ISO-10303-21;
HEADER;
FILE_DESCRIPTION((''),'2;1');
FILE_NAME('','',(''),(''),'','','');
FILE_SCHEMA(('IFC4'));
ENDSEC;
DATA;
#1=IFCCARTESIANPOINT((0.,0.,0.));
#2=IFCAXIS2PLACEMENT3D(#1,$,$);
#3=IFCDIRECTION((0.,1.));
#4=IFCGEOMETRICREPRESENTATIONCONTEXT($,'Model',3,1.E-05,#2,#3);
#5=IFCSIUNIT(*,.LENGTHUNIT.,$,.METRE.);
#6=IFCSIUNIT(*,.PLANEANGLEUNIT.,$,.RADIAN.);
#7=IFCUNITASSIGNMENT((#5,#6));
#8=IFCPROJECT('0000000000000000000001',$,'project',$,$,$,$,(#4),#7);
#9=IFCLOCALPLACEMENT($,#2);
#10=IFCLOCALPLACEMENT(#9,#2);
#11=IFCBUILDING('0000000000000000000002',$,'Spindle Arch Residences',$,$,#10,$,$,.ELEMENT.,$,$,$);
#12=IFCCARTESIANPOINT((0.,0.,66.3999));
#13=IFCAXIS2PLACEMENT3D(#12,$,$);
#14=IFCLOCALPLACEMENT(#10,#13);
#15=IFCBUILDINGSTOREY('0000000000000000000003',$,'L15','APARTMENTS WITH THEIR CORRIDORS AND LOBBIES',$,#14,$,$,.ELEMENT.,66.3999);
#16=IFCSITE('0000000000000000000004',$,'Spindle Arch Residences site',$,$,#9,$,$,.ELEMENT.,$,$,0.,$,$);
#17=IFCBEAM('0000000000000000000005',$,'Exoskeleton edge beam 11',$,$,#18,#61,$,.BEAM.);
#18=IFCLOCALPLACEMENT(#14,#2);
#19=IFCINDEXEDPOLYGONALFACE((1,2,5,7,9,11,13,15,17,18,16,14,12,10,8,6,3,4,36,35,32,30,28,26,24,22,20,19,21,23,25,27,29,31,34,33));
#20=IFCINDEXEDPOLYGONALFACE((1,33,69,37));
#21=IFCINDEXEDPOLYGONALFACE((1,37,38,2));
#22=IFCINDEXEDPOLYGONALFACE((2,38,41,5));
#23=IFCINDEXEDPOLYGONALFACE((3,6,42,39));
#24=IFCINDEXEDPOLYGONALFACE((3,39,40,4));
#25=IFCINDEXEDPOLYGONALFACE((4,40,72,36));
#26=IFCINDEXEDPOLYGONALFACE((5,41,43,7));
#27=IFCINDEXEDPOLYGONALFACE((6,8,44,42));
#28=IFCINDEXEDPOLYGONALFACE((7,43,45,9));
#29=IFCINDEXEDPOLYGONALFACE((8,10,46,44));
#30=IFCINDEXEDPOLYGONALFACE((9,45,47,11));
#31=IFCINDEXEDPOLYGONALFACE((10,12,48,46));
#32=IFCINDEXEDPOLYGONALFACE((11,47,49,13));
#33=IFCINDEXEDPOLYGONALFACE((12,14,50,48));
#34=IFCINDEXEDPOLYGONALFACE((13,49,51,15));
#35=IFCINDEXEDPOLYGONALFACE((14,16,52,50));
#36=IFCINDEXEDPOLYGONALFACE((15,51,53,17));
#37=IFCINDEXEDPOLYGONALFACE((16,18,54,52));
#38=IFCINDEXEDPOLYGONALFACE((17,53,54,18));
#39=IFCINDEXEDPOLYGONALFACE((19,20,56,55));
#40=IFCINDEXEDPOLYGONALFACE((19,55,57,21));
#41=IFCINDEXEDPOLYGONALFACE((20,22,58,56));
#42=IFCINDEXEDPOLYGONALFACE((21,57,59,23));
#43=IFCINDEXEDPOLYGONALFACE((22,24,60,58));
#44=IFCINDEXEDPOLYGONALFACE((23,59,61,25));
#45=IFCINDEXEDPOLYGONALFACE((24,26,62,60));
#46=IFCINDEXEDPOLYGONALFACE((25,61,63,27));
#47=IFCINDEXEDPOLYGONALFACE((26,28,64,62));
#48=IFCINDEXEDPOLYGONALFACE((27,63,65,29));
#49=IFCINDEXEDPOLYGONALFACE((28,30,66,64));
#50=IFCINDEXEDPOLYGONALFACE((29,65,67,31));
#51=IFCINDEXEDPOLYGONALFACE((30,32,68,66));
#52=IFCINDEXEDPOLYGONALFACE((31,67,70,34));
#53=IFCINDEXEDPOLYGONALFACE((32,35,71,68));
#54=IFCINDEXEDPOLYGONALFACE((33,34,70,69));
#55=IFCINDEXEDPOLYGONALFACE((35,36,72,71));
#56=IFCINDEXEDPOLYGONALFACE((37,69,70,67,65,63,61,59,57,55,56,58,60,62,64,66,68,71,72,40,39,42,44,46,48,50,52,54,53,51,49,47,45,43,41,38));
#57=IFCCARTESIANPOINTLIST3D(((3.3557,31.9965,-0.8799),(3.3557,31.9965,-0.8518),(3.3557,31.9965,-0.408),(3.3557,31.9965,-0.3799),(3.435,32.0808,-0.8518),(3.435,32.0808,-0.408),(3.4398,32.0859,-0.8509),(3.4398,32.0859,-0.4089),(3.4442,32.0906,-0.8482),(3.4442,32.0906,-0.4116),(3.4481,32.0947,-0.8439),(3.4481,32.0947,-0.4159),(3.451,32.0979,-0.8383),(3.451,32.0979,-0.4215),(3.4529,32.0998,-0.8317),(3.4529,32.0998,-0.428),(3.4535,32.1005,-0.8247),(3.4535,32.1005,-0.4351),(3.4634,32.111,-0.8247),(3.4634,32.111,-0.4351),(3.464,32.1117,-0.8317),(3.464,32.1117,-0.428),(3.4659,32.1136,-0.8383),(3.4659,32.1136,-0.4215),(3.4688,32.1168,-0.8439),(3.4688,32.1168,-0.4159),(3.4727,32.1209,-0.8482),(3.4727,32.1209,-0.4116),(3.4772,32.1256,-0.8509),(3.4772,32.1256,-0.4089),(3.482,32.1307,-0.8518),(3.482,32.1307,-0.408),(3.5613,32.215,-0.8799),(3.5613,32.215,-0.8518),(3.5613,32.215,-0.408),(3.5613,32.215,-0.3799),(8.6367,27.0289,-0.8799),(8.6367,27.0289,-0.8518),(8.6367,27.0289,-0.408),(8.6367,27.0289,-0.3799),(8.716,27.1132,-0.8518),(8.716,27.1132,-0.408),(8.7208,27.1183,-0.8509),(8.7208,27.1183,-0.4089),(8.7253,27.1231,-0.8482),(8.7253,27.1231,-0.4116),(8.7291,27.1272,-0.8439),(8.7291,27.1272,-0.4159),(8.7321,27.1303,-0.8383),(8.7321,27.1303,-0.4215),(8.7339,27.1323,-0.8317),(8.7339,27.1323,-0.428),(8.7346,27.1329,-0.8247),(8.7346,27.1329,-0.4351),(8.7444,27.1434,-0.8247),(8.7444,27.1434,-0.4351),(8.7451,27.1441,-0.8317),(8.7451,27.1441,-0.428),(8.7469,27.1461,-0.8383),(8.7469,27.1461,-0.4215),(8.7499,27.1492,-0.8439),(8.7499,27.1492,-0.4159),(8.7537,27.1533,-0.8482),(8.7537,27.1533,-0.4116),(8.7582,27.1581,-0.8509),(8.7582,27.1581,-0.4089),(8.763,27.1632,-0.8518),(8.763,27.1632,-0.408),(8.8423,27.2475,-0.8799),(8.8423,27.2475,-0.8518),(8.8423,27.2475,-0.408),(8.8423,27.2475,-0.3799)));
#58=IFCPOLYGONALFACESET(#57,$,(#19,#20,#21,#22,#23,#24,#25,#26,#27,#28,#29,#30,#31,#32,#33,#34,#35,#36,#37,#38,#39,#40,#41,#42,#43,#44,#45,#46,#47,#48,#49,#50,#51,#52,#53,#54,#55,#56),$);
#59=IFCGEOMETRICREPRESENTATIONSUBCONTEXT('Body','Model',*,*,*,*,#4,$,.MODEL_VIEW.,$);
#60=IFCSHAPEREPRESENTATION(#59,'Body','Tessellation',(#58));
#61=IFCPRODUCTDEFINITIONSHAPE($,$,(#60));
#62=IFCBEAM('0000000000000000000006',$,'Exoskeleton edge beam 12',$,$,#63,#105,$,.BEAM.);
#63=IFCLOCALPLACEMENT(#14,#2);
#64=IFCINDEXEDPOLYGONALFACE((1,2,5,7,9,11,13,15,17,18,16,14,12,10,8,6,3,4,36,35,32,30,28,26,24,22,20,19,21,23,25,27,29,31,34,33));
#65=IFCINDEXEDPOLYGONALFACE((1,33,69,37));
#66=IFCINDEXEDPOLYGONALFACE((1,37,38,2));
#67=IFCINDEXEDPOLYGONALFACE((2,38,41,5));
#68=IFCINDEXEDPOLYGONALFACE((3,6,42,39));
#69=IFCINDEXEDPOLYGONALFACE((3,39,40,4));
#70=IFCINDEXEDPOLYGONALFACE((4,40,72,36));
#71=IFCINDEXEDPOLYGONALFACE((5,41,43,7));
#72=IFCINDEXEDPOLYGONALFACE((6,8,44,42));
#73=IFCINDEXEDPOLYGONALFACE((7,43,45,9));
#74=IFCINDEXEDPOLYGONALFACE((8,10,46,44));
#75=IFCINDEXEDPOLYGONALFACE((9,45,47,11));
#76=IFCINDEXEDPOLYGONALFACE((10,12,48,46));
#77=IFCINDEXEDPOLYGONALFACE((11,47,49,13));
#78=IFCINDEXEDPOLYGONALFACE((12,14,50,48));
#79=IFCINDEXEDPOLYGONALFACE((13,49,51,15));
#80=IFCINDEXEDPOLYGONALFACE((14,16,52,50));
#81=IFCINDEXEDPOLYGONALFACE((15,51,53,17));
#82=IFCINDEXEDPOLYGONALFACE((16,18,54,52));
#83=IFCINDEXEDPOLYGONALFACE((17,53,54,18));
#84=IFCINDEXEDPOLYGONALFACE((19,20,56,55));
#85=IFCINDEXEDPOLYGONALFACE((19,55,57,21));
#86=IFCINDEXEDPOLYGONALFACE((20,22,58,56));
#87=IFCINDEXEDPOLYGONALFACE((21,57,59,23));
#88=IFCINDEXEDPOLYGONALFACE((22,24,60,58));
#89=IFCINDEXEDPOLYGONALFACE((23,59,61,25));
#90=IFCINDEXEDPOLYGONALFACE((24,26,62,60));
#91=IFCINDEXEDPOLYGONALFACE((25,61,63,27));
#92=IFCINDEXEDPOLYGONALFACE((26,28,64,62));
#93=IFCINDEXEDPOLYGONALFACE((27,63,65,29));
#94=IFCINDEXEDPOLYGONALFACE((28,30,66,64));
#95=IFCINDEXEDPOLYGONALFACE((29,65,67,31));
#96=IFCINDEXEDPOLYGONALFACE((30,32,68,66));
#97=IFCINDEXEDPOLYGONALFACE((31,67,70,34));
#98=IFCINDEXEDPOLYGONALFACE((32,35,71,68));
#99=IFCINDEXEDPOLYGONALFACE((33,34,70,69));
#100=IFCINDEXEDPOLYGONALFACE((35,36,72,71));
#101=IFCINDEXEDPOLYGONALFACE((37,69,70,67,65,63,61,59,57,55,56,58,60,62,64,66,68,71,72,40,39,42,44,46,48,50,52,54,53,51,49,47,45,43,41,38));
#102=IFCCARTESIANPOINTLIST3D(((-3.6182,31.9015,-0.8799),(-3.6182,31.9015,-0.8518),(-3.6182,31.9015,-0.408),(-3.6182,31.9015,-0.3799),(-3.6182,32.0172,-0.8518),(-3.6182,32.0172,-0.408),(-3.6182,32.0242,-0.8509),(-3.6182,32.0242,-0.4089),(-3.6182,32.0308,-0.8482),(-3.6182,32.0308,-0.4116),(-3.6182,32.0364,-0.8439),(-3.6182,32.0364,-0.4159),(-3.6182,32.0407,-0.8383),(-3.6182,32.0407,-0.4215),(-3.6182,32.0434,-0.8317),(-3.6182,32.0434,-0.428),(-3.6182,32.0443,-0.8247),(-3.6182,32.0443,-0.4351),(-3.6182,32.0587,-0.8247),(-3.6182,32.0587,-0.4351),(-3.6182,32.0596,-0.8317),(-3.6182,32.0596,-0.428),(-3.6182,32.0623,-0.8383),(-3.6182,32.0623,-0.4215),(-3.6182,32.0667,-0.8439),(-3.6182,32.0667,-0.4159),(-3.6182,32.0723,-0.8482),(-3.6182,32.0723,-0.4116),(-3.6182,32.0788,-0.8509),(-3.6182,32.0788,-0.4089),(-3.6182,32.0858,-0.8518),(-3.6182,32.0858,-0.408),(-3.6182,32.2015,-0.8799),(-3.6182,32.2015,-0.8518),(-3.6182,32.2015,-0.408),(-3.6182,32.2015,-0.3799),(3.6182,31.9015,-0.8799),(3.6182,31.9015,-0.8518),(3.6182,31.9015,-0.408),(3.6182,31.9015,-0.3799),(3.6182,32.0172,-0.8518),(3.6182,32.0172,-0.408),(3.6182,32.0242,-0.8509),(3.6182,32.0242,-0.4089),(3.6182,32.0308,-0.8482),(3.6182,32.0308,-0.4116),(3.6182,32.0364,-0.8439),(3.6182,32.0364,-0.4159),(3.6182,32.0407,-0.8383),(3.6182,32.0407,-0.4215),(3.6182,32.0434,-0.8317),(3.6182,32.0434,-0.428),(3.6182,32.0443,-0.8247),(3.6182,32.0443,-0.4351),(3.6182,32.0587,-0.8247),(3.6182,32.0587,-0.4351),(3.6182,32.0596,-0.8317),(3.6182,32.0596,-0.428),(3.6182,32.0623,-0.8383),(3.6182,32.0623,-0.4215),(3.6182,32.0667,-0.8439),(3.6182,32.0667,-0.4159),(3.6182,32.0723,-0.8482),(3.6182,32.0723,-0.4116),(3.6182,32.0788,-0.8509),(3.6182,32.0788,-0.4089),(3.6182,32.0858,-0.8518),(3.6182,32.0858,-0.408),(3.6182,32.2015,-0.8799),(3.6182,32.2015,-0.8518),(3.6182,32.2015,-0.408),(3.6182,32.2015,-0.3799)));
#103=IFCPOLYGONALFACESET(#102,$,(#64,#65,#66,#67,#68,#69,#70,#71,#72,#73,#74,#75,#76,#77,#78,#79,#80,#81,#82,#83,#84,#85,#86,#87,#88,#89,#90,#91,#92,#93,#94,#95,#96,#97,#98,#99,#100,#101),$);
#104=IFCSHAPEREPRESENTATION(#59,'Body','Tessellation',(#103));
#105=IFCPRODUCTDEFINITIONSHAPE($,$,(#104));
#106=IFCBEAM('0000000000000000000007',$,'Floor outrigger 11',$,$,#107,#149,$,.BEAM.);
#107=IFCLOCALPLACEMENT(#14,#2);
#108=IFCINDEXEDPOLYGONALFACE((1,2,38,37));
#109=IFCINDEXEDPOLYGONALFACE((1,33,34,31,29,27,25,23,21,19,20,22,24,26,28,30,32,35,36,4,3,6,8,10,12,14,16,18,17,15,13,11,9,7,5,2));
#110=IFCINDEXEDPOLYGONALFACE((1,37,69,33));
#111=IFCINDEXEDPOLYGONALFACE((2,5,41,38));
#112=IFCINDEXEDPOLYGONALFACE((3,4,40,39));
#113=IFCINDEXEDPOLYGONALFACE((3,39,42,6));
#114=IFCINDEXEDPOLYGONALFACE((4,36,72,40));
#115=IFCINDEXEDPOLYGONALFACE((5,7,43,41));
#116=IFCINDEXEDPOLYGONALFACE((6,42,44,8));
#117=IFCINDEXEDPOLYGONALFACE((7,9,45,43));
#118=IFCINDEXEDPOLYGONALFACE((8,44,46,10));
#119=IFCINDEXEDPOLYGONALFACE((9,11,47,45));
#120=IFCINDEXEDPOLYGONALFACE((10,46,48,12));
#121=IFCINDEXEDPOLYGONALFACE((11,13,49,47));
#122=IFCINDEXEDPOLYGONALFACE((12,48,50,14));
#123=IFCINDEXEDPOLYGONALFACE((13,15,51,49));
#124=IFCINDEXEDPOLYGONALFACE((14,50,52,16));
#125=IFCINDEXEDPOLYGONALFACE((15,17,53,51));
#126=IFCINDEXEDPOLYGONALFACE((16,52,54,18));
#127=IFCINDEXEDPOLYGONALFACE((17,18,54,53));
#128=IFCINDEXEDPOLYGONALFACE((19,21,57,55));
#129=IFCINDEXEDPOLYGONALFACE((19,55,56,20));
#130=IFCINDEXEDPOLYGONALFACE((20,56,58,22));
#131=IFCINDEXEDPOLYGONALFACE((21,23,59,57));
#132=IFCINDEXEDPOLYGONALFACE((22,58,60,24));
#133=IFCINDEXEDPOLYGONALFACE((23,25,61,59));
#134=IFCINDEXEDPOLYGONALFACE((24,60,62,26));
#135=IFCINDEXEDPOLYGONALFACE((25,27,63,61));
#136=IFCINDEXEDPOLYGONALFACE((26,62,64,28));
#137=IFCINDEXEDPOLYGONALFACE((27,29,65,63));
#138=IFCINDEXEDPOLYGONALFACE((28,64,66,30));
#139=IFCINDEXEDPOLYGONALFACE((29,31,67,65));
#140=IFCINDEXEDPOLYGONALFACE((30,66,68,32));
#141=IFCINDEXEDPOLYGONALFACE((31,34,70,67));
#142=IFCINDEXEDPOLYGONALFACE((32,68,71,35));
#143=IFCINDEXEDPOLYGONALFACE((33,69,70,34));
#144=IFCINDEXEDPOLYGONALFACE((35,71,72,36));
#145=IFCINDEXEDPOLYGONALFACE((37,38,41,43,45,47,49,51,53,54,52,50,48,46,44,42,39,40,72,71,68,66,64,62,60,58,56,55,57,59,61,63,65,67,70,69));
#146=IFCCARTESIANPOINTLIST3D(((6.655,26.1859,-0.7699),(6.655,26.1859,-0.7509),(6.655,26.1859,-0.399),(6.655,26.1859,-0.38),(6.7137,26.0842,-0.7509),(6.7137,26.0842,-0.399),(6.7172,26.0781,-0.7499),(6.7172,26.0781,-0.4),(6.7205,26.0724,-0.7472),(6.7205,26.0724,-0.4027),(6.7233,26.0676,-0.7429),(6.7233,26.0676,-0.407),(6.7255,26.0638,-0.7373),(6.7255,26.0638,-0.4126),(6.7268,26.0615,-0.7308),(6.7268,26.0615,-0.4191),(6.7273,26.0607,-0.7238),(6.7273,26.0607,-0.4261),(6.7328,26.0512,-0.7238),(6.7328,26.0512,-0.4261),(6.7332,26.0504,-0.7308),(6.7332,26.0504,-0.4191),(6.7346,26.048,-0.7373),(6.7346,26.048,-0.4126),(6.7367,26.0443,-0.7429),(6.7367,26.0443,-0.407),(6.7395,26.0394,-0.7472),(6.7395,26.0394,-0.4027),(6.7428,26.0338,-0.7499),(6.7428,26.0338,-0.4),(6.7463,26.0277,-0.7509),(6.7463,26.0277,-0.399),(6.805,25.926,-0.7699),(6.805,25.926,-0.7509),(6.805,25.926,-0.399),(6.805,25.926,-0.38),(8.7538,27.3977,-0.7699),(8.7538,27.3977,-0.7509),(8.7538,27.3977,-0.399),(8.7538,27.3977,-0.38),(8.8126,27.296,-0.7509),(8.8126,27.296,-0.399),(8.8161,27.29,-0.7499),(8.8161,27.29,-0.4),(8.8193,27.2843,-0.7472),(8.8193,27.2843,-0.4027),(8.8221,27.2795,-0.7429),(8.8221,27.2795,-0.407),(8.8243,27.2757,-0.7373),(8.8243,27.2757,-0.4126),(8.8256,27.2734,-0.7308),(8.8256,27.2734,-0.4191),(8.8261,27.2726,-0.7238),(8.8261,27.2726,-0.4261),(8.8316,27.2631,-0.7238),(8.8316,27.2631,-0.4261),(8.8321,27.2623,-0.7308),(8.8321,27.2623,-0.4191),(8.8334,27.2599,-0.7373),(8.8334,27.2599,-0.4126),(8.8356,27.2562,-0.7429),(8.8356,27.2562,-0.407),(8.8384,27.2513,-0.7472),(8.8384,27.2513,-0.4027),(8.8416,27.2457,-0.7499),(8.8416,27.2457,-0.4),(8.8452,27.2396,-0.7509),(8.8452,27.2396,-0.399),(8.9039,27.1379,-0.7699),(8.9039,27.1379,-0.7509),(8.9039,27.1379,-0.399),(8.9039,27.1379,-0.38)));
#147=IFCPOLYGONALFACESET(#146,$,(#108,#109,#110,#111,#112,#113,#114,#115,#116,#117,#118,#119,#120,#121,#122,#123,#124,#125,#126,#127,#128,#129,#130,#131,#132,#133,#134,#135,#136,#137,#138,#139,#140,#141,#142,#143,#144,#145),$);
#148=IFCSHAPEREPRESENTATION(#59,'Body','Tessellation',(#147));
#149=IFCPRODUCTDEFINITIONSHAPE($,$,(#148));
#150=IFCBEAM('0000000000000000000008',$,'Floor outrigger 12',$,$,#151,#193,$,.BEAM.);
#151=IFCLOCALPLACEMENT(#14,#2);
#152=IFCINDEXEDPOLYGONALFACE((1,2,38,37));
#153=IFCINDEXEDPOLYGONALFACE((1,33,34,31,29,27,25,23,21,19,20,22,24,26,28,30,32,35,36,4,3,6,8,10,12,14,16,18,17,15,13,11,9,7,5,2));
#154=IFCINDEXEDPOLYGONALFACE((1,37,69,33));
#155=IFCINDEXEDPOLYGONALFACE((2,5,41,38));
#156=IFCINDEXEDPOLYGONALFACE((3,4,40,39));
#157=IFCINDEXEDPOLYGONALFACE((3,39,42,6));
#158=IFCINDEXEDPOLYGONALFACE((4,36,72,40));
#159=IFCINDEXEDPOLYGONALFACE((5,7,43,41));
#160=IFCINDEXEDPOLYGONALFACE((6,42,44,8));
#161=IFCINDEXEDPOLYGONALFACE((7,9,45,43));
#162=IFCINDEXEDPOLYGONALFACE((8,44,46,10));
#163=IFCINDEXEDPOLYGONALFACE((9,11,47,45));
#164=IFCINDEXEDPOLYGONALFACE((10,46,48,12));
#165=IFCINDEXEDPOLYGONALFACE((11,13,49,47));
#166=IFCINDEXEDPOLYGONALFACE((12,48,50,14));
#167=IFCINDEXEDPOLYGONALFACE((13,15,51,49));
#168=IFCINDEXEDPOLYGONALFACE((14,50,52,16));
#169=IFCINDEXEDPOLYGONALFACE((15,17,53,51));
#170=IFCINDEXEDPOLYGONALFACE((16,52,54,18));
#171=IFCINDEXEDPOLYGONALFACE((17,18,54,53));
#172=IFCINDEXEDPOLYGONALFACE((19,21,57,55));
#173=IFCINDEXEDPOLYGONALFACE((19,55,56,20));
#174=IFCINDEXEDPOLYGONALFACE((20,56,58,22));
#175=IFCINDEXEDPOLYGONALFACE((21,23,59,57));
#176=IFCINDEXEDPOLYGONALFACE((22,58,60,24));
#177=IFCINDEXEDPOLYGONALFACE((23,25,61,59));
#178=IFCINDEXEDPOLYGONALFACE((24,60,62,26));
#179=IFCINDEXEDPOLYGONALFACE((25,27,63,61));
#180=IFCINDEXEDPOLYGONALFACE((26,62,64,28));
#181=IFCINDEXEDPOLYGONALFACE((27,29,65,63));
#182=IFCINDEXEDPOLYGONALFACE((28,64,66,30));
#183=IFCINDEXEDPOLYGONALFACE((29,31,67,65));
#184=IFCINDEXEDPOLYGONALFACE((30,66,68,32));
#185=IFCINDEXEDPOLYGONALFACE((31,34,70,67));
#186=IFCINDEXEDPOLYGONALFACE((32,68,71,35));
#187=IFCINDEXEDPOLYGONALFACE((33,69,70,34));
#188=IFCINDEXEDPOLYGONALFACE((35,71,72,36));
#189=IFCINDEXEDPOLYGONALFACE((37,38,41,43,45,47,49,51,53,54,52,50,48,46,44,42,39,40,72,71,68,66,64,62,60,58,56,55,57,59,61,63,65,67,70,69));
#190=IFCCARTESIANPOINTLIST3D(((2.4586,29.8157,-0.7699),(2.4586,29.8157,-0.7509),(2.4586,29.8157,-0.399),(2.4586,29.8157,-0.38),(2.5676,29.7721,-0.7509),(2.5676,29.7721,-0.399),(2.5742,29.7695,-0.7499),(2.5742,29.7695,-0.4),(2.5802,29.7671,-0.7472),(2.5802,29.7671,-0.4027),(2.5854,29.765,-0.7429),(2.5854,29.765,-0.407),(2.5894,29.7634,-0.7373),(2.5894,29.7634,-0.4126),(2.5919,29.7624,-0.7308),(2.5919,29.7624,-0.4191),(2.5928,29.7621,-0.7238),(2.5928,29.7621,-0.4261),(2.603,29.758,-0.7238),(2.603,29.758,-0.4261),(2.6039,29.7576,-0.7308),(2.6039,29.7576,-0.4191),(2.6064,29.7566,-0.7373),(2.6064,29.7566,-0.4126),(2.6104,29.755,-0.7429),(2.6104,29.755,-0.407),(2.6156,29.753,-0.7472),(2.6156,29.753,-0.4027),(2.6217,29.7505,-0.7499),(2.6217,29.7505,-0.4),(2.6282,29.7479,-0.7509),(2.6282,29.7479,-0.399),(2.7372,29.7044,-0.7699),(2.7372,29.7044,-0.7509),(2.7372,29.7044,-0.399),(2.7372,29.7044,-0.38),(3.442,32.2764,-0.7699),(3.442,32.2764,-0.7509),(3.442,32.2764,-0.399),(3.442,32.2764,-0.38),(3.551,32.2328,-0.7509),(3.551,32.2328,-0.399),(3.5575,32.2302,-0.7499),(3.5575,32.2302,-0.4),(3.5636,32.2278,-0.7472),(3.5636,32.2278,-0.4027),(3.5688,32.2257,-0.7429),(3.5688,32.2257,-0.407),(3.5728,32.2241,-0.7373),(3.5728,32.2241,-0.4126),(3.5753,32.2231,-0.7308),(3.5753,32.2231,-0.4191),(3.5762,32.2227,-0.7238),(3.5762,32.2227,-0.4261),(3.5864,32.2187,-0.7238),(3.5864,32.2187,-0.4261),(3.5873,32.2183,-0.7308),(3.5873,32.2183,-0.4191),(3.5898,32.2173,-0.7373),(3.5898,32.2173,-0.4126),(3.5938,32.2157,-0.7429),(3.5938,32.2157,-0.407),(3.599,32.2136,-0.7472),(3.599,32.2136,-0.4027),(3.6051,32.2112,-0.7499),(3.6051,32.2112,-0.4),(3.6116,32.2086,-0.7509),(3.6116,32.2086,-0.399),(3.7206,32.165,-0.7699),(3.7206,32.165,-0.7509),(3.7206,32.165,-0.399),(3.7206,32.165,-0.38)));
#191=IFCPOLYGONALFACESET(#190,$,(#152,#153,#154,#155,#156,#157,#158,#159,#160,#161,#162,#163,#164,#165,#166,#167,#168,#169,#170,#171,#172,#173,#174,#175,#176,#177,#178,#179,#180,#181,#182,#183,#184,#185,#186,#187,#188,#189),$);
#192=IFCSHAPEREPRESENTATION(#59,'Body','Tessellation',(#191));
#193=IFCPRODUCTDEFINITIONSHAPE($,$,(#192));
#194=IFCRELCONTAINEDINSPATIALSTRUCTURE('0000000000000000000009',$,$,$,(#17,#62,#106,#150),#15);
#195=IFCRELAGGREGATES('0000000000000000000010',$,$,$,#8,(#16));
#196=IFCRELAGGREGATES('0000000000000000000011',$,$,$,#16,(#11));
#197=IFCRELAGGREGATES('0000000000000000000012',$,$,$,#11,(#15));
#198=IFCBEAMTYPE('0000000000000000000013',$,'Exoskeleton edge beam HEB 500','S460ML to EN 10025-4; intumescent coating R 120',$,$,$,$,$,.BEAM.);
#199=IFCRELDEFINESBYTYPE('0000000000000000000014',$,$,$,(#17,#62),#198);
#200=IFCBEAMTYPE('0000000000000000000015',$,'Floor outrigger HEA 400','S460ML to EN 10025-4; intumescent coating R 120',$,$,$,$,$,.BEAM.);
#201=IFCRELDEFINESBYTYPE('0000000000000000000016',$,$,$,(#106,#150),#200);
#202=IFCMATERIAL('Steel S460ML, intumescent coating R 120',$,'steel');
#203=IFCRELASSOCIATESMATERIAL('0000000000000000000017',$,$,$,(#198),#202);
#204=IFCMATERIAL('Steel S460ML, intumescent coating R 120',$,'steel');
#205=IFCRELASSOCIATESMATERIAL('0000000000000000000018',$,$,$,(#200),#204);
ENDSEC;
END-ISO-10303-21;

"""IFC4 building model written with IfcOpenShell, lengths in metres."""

from ifc_helpers import new_model, si_unit, direction, frame, origin, origin_2d, place, context, subcontext, project, spatial, i_section, extrude, material, material_profile, profile_set, type_object, element, save


model = new_model("IFC4")

# Units and contexts
model_context = context("Model", 3, precision=1e-05, world=origin(), true_north=direction((0.0, 1.0)))
body_context = subcontext(model_context, "Body", "Model", "MODEL_VIEW")
ifc_project = project(units=[si_unit("LENGTHUNIT", "METRE"), si_unit("PLANEANGLEUNIT", "RADIAN")], contexts=[model_context])

# Site, building, storey
site_placement = place(None, origin())
site = spatial("IfcSite", under=ifc_project, at=site_placement, Name="Spindle Arch Residences site", CompositionType="ELEMENT", RefElevation=0.0)
building_placement = place(site_placement, origin())
building = spatial("IfcBuilding", under=site, at=building_placement, Name="Spindle Arch Residences", CompositionType="ELEMENT")
storey_placement = place(building_placement, frame((0.0, 0.0, 66.3999)))
storey = spatial("IfcBuildingStorey", under=building, at=storey_placement, Name="L15", Description="APARTMENTS WITH THEIR CORRIDORS AND LOBBIES", CompositionType="ELEMENT", Elevation=66.3999)

# Beams
ifc_material_1 = material(Name="Steel S460ML, intumescent coating R 120", Category="steel")
ifc_material_profile_1 = material_profile(ifc_material_1, i_section(OverallWidth=0.3, OverallDepth=0.5, WebThickness=0.0144, FlangeThickness=0.0281, FilletRadius=0.0271, at=origin_2d()), Name="HEB 500")
ifc_profile_set_1 = profile_set([ifc_material_profile_1], Name="Steel S460ML, intumescent coating R 120")
beam_type_1 = type_object("IfcBeamType", Name="Exoskeleton edge beam HEB 500", Description="S460ML to EN 10025-4; intumescent coating R 120", PredefinedType="BEAM", material=ifc_profile_set_1)
beam_1_placement = place(storey_placement, frame((8.7395, 27.1382, -0.6299), z_axis=(-0.728395, 0.685158, 0.0), x_axis=(-0.685158, -0.728395, 0.0)))
element("IfcBeam", 1, at=beam_1_placement, inside=storey, type_object=beam_type_1, Name="Exoskeleton edge beam 11", PredefinedType="BEAM", context=body_context, shape_type="SweptSolid", body=[
    extrude(i_section(OverallWidth=0.3, OverallDepth=0.5, WebThickness=0.0144, FlangeThickness=0.0281, FilletRadius=0.0271, at=origin_2d()), origin(), (0.0, 0.0, 1.0), 7.2502),
])
beam_2_placement = place(storey_placement, frame((3.6182, 32.0515, -0.6299), z_axis=(-1.0, 0.0, 0.0), x_axis=(0.0, -1.0, 0.0)))
element("IfcBeam", 2, at=beam_2_placement, inside=storey, type_object=beam_type_1, Name="Exoskeleton edge beam 12", PredefinedType="BEAM", context=body_context, shape_type="SweptSolid", body=[
    extrude(i_section(OverallWidth=0.3, OverallDepth=0.5, WebThickness=0.0144, FlangeThickness=0.0281, FilletRadius=0.0271, at=origin_2d()), origin(), (0.0, 0.0, 1.0), 7.2363),
])
ifc_material_2 = material(Name="Steel S460ML, intumescent coating R 120", Category="steel")
ifc_material_profile_2 = material_profile(ifc_material_2, i_section(OverallWidth=0.3, OverallDepth=0.3899, WebThickness=0.011, FlangeThickness=0.019, FilletRadius=0.0271, at=origin_2d()), Name="HEA 400")
ifc_profile_set_2 = profile_set([ifc_material_profile_2], Name="Steel S460ML, intumescent coating R 120")
beam_type_2 = type_object("IfcBeamType", Name="Floor outrigger HEA 400", Description="S460ML to EN 10025-4; intumescent coating R 120", PredefinedType="BEAM", material=ifc_profile_set_2)
beam_3_placement = place(storey_placement, frame((8.8289, 27.2678, -0.575), z_axis=(-0.866003, -0.500039, 0.0), x_axis=(0.500039, -0.866003, 0.0)))
element("IfcBeam", 3, at=beam_3_placement, inside=storey, type_object=beam_type_2, Name="Floor outrigger 11", PredefinedType="BEAM", context=body_context, shape_type="SweptSolid", body=[
    extrude(i_section(OverallWidth=0.3, OverallDepth=0.3899, WebThickness=0.011, FlangeThickness=0.019, FilletRadius=0.0271, at=origin_2d()), origin(), (0.0, 0.0, 1.0), 2.4236),
])
beam_4_placement = place(storey_placement, frame((3.5813, 32.2207, -0.575), z_axis=(-0.371105, -0.928591, 0.0), x_axis=(0.928591, -0.371105, 0.0)))
element("IfcBeam", 4, at=beam_4_placement, inside=storey, type_object=beam_type_2, Name="Floor outrigger 12", PredefinedType="BEAM", context=body_context, shape_type="SweptSolid", body=[
    extrude(i_section(OverallWidth=0.3, OverallDepth=0.3899, WebThickness=0.011, FlangeThickness=0.019, FilletRadius=0.0271, at=origin_2d()), origin(), (0.0, 0.0, 1.0), 2.6499),
])

save(model, "model.ifc")
